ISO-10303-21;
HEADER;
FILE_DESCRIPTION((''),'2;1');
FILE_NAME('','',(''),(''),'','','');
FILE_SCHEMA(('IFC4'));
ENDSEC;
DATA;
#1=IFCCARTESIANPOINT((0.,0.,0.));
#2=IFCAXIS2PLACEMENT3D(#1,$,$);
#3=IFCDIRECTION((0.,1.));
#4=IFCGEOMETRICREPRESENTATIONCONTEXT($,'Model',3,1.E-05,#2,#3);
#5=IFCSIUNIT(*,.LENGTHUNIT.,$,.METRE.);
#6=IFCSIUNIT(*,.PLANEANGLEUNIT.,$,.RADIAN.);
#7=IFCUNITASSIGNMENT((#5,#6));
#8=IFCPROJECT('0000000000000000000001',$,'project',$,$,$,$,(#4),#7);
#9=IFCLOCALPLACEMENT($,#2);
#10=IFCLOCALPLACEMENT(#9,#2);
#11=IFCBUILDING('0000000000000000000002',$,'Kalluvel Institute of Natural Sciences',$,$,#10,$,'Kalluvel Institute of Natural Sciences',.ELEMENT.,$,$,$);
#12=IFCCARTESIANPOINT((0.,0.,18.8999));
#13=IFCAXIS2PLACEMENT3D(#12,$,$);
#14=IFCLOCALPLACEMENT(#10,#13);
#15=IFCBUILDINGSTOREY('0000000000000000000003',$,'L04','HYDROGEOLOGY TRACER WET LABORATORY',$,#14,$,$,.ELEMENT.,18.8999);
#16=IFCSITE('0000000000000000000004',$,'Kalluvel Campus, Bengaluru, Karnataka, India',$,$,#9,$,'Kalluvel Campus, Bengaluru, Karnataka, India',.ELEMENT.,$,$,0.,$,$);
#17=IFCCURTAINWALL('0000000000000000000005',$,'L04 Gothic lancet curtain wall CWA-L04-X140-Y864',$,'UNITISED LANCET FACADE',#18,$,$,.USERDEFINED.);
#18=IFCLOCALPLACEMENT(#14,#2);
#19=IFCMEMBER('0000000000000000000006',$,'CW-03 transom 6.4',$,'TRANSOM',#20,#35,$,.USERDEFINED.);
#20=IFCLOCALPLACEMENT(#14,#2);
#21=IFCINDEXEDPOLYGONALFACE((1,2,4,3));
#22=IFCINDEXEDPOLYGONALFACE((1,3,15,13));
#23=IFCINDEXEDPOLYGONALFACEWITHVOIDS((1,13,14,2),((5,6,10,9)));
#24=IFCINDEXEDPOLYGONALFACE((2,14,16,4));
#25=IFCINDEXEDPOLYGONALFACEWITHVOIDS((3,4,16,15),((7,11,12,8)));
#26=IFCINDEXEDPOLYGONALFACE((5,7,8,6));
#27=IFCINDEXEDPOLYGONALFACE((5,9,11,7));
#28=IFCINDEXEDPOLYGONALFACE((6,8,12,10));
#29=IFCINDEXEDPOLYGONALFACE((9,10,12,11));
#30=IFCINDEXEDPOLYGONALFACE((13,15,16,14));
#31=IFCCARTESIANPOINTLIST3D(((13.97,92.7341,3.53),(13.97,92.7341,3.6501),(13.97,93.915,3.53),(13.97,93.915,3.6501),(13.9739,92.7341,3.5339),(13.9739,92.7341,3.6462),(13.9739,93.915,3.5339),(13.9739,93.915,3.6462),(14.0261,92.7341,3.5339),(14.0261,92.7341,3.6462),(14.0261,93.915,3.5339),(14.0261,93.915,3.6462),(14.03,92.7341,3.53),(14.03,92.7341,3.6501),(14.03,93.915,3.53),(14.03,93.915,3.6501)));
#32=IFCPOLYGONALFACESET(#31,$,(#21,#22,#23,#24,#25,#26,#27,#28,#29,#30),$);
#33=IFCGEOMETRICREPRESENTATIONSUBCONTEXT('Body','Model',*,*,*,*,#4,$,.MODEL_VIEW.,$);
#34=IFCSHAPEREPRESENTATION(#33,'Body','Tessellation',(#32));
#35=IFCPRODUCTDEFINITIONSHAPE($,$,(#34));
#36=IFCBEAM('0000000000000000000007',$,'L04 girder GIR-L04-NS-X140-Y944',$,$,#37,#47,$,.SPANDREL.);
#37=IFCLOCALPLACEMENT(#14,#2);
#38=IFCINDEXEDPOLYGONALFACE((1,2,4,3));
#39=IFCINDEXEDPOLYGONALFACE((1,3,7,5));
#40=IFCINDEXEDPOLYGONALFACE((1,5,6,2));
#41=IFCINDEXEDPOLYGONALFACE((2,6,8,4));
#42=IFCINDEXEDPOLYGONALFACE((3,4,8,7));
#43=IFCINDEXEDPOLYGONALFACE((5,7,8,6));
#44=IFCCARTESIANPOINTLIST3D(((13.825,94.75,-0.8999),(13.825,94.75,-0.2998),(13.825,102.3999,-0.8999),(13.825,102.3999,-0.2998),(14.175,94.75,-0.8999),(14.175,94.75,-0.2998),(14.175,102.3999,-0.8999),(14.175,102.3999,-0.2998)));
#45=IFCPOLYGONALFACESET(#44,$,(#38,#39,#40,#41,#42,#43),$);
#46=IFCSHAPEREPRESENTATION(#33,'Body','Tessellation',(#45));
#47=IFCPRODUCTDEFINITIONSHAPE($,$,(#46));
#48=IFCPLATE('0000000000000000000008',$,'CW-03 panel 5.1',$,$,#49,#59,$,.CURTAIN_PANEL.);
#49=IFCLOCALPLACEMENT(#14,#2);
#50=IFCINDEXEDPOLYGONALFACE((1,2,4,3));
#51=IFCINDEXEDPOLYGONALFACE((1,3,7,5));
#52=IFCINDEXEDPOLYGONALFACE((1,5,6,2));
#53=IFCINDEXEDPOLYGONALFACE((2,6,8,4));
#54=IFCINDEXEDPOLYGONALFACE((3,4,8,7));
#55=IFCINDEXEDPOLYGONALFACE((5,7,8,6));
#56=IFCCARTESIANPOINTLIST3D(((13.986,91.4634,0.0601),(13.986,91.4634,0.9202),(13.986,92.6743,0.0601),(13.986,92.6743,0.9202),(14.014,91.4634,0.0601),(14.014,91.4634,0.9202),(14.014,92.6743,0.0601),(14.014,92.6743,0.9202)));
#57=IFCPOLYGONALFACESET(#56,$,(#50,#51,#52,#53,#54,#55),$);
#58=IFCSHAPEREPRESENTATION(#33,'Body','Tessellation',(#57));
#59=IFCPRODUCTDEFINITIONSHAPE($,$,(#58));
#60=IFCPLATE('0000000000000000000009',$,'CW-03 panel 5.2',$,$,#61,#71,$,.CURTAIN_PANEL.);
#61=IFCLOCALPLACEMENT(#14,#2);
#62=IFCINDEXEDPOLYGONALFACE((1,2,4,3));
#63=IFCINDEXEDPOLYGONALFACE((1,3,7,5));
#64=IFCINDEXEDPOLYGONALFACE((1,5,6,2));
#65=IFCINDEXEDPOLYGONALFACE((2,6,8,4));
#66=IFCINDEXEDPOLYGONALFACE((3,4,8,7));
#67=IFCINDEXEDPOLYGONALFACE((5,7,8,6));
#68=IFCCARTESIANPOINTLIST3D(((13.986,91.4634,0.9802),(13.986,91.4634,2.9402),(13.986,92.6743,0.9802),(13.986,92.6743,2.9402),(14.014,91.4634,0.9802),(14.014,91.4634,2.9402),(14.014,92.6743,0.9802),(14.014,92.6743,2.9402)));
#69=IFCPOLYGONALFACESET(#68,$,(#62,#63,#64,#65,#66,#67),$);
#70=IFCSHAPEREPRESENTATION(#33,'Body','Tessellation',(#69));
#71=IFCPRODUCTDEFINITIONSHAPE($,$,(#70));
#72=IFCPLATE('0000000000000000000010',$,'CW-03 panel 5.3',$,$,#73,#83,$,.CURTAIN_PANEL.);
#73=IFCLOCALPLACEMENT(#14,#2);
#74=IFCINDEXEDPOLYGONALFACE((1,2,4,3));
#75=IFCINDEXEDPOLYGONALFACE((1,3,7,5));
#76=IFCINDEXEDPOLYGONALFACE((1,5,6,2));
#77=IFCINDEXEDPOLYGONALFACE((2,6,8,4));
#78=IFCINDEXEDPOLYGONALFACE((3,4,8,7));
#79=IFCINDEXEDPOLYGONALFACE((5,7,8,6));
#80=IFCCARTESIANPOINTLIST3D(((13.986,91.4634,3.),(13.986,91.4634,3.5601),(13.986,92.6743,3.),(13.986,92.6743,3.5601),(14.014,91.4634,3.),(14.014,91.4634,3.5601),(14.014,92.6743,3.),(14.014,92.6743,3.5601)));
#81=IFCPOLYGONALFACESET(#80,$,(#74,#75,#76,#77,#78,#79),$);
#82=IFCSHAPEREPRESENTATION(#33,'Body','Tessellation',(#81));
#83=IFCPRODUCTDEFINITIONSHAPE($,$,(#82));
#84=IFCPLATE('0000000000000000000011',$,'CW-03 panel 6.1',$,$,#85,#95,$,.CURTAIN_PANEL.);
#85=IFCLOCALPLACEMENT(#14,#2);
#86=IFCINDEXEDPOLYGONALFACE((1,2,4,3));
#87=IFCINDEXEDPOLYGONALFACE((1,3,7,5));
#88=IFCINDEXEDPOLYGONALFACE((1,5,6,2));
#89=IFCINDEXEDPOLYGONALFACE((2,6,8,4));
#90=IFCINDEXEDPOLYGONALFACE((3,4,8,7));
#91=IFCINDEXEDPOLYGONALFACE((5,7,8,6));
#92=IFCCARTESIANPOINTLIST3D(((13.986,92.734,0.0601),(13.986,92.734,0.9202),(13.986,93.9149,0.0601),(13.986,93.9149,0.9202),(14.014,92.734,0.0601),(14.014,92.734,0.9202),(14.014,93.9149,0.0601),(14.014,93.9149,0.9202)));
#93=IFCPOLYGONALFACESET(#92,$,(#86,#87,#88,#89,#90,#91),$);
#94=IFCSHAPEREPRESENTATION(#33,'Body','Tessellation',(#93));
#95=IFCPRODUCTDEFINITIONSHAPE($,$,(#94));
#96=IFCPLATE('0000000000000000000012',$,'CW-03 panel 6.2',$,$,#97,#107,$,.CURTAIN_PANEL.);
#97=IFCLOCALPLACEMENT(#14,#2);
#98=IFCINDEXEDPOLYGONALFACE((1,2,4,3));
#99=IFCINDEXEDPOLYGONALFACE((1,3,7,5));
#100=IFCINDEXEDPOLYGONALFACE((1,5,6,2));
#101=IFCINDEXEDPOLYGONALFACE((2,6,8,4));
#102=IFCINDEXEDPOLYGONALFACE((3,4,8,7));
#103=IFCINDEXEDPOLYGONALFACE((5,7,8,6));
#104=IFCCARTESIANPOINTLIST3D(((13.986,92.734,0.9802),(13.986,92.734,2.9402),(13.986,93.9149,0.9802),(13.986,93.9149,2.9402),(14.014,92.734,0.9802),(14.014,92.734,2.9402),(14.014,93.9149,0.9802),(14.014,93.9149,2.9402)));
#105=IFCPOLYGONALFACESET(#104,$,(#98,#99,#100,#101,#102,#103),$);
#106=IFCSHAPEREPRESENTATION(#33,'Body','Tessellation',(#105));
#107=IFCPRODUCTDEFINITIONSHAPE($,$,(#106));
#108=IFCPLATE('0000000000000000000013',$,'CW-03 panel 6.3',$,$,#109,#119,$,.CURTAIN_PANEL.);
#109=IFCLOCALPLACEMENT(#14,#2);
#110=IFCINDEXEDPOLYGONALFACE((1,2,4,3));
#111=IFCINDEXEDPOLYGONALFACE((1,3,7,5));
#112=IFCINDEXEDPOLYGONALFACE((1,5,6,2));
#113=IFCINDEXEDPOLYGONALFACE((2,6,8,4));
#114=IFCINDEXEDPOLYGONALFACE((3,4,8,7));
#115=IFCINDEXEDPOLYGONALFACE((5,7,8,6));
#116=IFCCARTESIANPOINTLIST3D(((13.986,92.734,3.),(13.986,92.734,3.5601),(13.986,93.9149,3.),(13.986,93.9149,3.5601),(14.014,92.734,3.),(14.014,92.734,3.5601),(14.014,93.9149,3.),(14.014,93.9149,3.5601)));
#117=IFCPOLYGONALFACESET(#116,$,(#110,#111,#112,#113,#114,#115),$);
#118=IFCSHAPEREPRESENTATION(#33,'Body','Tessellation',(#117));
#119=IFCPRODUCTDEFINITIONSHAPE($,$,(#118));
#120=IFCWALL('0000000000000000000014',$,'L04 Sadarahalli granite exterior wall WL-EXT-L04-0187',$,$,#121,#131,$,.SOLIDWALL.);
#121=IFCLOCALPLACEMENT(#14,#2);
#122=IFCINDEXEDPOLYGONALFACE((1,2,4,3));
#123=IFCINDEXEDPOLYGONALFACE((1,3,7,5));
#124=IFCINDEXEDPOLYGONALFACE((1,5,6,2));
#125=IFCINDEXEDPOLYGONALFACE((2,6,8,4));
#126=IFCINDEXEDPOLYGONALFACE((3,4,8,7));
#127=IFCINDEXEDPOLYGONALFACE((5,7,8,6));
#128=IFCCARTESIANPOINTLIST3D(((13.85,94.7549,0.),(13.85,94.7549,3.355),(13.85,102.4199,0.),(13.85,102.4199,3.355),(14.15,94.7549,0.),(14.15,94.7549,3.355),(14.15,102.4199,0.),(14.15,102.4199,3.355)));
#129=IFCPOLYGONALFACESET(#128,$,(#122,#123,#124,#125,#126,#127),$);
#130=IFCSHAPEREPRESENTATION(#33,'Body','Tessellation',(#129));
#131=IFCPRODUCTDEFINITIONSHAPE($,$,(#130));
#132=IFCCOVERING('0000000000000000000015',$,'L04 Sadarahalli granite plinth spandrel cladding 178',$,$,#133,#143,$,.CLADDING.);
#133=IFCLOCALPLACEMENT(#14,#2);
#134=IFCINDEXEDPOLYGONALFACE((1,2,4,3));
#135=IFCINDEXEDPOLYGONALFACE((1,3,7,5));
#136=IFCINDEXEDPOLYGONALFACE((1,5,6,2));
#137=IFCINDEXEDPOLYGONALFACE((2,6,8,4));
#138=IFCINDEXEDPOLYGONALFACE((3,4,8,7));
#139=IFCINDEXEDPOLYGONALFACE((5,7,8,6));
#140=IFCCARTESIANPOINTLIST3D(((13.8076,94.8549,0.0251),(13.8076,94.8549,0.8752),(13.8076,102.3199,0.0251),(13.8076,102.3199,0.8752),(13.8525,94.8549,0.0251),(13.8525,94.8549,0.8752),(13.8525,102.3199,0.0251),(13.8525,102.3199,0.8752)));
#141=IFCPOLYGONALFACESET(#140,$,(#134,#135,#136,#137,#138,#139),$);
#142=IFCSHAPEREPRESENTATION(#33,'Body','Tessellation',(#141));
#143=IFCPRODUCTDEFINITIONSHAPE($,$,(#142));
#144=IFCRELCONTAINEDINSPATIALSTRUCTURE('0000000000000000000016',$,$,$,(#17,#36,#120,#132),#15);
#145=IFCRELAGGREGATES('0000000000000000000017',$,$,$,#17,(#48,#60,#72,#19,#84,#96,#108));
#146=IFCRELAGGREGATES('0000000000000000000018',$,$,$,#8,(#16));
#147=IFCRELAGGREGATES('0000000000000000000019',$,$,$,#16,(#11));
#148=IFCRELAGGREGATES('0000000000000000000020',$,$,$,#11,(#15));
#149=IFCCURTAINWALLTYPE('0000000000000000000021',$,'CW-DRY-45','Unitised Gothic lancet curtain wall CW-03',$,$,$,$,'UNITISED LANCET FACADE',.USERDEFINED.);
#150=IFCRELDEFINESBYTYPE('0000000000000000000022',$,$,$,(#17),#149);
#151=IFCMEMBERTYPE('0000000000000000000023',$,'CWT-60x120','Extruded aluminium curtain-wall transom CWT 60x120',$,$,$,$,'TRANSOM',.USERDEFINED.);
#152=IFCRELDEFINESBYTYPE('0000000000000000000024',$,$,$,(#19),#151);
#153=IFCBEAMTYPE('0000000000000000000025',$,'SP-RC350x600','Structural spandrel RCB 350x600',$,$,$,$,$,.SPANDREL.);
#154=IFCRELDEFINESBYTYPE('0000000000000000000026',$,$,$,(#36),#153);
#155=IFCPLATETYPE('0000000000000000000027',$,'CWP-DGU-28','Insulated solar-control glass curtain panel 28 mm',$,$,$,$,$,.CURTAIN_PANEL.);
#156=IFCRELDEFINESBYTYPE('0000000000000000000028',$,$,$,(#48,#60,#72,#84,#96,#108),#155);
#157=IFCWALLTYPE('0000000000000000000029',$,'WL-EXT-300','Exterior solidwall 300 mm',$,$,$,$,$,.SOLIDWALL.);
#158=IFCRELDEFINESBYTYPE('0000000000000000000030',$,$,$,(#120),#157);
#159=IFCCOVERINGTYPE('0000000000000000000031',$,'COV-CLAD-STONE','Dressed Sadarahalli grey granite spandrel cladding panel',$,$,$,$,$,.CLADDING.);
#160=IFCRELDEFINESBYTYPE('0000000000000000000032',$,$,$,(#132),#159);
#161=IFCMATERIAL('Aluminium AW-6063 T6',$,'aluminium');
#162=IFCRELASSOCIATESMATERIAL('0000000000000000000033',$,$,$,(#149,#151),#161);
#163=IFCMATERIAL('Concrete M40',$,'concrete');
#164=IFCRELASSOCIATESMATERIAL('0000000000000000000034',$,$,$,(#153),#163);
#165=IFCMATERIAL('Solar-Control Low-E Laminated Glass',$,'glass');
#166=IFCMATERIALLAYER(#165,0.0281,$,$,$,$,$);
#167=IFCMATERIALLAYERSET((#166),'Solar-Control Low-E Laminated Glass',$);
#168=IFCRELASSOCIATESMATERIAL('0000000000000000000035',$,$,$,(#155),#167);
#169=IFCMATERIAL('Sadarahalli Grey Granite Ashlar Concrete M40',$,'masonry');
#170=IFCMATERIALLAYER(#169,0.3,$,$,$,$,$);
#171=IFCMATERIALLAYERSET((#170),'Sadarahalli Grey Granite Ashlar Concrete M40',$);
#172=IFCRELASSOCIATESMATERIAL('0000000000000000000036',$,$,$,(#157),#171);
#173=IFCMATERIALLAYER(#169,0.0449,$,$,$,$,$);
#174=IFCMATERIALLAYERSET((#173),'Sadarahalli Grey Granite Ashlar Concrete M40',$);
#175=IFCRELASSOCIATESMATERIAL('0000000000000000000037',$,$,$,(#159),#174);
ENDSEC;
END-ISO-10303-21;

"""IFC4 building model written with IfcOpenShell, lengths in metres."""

from ifc_helpers import new_model, si_unit, direction, frame, frame_2d, origin, origin_2d, place, context, subcontext, project, spatial, rectangle, hollow_rectangle, extrude, material, layer, layer_set, material_profile, profile_set, type_object, element, aggregate, save


model = new_model("IFC4")

# Units and contexts
model_context = context("Model", 3, precision=1e-05, world=origin(), true_north=direction((0.0, 1.0)))
body_context = subcontext(model_context, "Body", "Model", "MODEL_VIEW")
ifc_project = project(units=[si_unit("LENGTHUNIT", "METRE"), si_unit("PLANEANGLEUNIT", "RADIAN")], contexts=[model_context])

# Site, building, storey
site_placement = place(None, origin())
site = spatial("IfcSite", under=ifc_project, at=site_placement, Name="Kalluvel Campus, Bengaluru, Karnataka, India", LongName="Kalluvel Campus, Bengaluru, Karnataka, India", CompositionType="ELEMENT", RefElevation=0.0)
building_placement = place(site_placement, origin())
building = spatial("IfcBuilding", under=site, at=building_placement, Name="Kalluvel Institute of Natural Sciences", LongName="Kalluvel Institute of Natural Sciences", CompositionType="ELEMENT")
storey_placement = place(building_placement, frame((0.0, 0.0, 18.8999)))
storey = spatial("IfcBuildingStorey", under=building, at=storey_placement, Name="L04", Description="HYDROGEOLOGY TRACER WET LABORATORY", CompositionType="ELEMENT", Elevation=18.8999)

# Shared definitions
ifc_material_1 = material(Name="Concrete M40", Category="concrete")

# Curtain wall, member
ifc_material_2 = material(Name="Aluminium AW-6063 T6", Category="aluminium")
curtain_wall_type = type_object("IfcCurtainWallType", Name="CW-DRY-45", Description="Unitised Gothic lancet curtain wall CW-03", ElementType="UNITISED LANCET FACADE", PredefinedType="USERDEFINED", material=ifc_material_2)
curtain_wall_placement = place(storey_placement, origin())
curtain_wall = element("IfcCurtainWall", 1, at=curtain_wall_placement, inside=storey, type_object=curtain_wall_type, Name="L04 Gothic lancet curtain wall CWA-L04-X140-Y864", ObjectType="UNITISED LANCET FACADE", PredefinedType="USERDEFINED")
ifc_material_profile_1 = material_profile(ifc_material_2, hollow_rectangle(XDim=0.0601, YDim=0.1201, WallThickness=0.0039, at=origin_2d()), Name="CWT 60x120")
ifc_profile_set_1 = profile_set([ifc_material_profile_1], Name="Aluminium AW-6063 T6")
member_type_1 = type_object("IfcMemberType", Name="CWT-60x120", Description="Extruded aluminium curtain-wall transom CWT 60x120", ElementType="TRANSOM", PredefinedType="USERDEFINED", material=ifc_profile_set_1)
member_1_placement = place(storey_placement, frame((14.0, 92.7341, 3.5901), z_axis=(0.0, 1.0, 0.0), x_axis=(-1.0, 0.0, 0.0)))
member_1 = element("IfcMember", 2, at=member_1_placement, type_object=member_type_1, Name="CW-03 transom 6.4", ObjectType="TRANSOM", PredefinedType="USERDEFINED", context=body_context, shape_type="SweptSolid", body=[
    extrude(hollow_rectangle(XDim=0.0601, YDim=0.1201, WallThickness=0.0039, at=origin_2d()), origin(), (0.0, 0.0, 1.0), 1.1809),
])

# Beam
ifc_material_profile_2 = material_profile(ifc_material_1, rectangle(XDim=0.3501, YDim=0.6001, at=origin_2d()), Name="RCB 350x600")
ifc_profile_set_2 = profile_set([ifc_material_profile_2], Name="Concrete M40")
beam_type = type_object("IfcBeamType", Name="SP-RC350x600", Description="Structural spandrel RCB 350x600", PredefinedType="SPANDREL", material=ifc_profile_set_2)
beam_placement = place(storey_placement, frame((14.0, 94.75, -0.5999), z_axis=(0.0, 1.0, 0.0), x_axis=(-1.0, 0.0, 0.0)))
element("IfcBeam", 3, at=beam_placement, inside=storey, type_object=beam_type, Name="L04 girder GIR-L04-NS-X140-Y944", PredefinedType="SPANDREL", context=body_context, shape_type="SweptSolid", body=[
    extrude(rectangle(XDim=0.3501, YDim=0.6001, at=origin_2d()), origin(), (0.0, 0.0, 1.0), 7.6499),
])

# Plates
ifc_material_3 = material(Name="Solar-Control Low-E Laminated Glass", Category="glass")
ifc_layer_1 = layer(ifc_material_3, 0.0281)
ifc_layer_set_1 = layer_set([ifc_layer_1], Name="Solar-Control Low-E Laminated Glass")
plate_type = type_object("IfcPlateType", Name="CWP-DGU-28", Description="Insulated solar-control glass curtain panel 28 mm", PredefinedType="CURTAIN_PANEL", material=ifc_layer_set_1)
plate_1_placement = place(storey_placement, frame((14.0, 92.0688, 0.0601), z_axis=(0.0, 0.0, 1.0), x_axis=(0.0, 1.0, 0.0)))
plate_1 = element("IfcPlate", 4, at=plate_1_placement, type_object=plate_type, Name="CW-03 panel 5.1", PredefinedType="CURTAIN_PANEL", context=body_context, shape_type="SweptSolid", body=[
    extrude(rectangle(XDim=1.2109, YDim=0.0281, at=origin_2d()), origin(), (0.0, 0.0, 1.0), 0.8601),
])
plate_2_placement = place(storey_placement, frame((14.0, 92.0688, 0.9802), z_axis=(0.0, 0.0, 1.0), x_axis=(0.0, 1.0, 0.0)))
plate_2 = element("IfcPlate", 5, at=plate_2_placement, type_object=plate_type, Name="CW-03 panel 5.2", PredefinedType="CURTAIN_PANEL", context=body_context, shape_type="SweptSolid", body=[
    extrude(rectangle(XDim=1.2109, YDim=0.0281, at=origin_2d()), origin(), (0.0, 0.0, 1.0), 1.96),
])
plate_3_placement = place(storey_placement, frame((14.0, 92.0688, 3.0), z_axis=(0.0, 0.0, 1.0), x_axis=(0.0, 1.0, 0.0)))
plate_3 = element("IfcPlate", 6, at=plate_3_placement, type_object=plate_type, Name="CW-03 panel 5.3", PredefinedType="CURTAIN_PANEL", context=body_context, shape_type="SweptSolid", body=[
    extrude(rectangle(XDim=1.2109, YDim=0.0281, at=origin_2d()), origin(), (0.0, 0.0, 1.0), 0.5601),
])
plate_4_placement = place(storey_placement, frame((14.0, 93.3245, 0.0601), z_axis=(0.0, 0.0, 1.0), x_axis=(0.0, 1.0, 0.0)))
plate_4 = element("IfcPlate", 7, at=plate_4_placement, type_object=plate_type, Name="CW-03 panel 6.1", PredefinedType="CURTAIN_PANEL", context=body_context, shape_type="SweptSolid", body=[
    extrude(rectangle(XDim=1.1809, YDim=0.0281, at=origin_2d()), origin(), (0.0, 0.0, 1.0), 0.8601),
])
plate_5_placement = place(storey_placement, frame((14.0, 93.3245, 0.9802), z_axis=(0.0, 0.0, 1.0), x_axis=(0.0, 1.0, 0.0)))
plate_5 = element("IfcPlate", 8, at=plate_5_placement, type_object=plate_type, Name="CW-03 panel 6.2", PredefinedType="CURTAIN_PANEL", context=body_context, shape_type="SweptSolid", body=[
    extrude(rectangle(XDim=1.1809, YDim=0.0281, at=origin_2d()), origin(), (0.0, 0.0, 1.0), 1.96),
])
plate_6_placement = place(storey_placement, frame((14.0, 93.3245, 3.0), z_axis=(0.0, 0.0, 1.0), x_axis=(0.0, 1.0, 0.0)))
plate_6 = element("IfcPlate", 9, at=plate_6_placement, type_object=plate_type, Name="CW-03 panel 6.3", PredefinedType="CURTAIN_PANEL", context=body_context, shape_type="SweptSolid", body=[
    extrude(rectangle(XDim=1.1809, YDim=0.0281, at=origin_2d()), origin(), (0.0, 0.0, 1.0), 0.5601),
])
aggregate(curtain_wall, [plate_1, plate_2, plate_3, member_1, plate_4, plate_5, plate_6])

# Wall
ifc_material_4 = material(Name="Sadarahalli Grey Granite Ashlar Concrete M40", Category="masonry")
ifc_layer_2 = layer(ifc_material_4, 0.3)
ifc_layer_set_2 = layer_set([ifc_layer_2], Name="Sadarahalli Grey Granite Ashlar Concrete M40")
wall_type = type_object("IfcWallType", Name="WL-EXT-300", Description="Exterior solidwall 300 mm", PredefinedType="SOLIDWALL", material=ifc_layer_set_2)
wall_placement = place(storey_placement, frame((14.0, 94.7549, 0.0), z_axis=(0.0, 0.0, 1.0), x_axis=(0.0, 1.0, 0.0)))
element("IfcWall", 10, at=wall_placement, inside=storey, type_object=wall_type, Name="L04 Sadarahalli granite exterior wall WL-EXT-L04-0187", PredefinedType="SOLIDWALL", context=body_context, shape_type="SweptSolid", body=[
    extrude(rectangle(XDim=7.665, YDim=0.3, at=frame_2d((3.8325, 0.0))), origin(), (0.0, 0.0, 1.0), 3.355),
])

# Covering
ifc_layer_3 = layer(ifc_material_4, 0.0449)
ifc_layer_set_3 = layer_set([ifc_layer_3], Name="Sadarahalli Grey Granite Ashlar Concrete M40")
covering_type = type_object("IfcCoveringType", Name="COV-CLAD-STONE", Description="Dressed Sadarahalli grey granite spandrel cladding panel", PredefinedType="CLADDING", material=ifc_layer_set_3)
covering_placement = place(storey_placement, frame((13.8301, 98.5874, 0.0251), z_axis=(0.0, 0.0, 1.0), x_axis=(0.0, 1.0, 0.0)))
element("IfcCovering", 11, at=covering_placement, inside=storey, type_object=covering_type, Name="L04 Sadarahalli granite plinth spandrel cladding 178", PredefinedType="CLADDING", context=body_context, shape_type="SweptSolid", body=[
    extrude(rectangle(XDim=7.4651, YDim=0.0449, at=origin_2d()), origin(), (0.0, 0.0, 1.0), 0.8501),
])

save(model, "model.ifc")
